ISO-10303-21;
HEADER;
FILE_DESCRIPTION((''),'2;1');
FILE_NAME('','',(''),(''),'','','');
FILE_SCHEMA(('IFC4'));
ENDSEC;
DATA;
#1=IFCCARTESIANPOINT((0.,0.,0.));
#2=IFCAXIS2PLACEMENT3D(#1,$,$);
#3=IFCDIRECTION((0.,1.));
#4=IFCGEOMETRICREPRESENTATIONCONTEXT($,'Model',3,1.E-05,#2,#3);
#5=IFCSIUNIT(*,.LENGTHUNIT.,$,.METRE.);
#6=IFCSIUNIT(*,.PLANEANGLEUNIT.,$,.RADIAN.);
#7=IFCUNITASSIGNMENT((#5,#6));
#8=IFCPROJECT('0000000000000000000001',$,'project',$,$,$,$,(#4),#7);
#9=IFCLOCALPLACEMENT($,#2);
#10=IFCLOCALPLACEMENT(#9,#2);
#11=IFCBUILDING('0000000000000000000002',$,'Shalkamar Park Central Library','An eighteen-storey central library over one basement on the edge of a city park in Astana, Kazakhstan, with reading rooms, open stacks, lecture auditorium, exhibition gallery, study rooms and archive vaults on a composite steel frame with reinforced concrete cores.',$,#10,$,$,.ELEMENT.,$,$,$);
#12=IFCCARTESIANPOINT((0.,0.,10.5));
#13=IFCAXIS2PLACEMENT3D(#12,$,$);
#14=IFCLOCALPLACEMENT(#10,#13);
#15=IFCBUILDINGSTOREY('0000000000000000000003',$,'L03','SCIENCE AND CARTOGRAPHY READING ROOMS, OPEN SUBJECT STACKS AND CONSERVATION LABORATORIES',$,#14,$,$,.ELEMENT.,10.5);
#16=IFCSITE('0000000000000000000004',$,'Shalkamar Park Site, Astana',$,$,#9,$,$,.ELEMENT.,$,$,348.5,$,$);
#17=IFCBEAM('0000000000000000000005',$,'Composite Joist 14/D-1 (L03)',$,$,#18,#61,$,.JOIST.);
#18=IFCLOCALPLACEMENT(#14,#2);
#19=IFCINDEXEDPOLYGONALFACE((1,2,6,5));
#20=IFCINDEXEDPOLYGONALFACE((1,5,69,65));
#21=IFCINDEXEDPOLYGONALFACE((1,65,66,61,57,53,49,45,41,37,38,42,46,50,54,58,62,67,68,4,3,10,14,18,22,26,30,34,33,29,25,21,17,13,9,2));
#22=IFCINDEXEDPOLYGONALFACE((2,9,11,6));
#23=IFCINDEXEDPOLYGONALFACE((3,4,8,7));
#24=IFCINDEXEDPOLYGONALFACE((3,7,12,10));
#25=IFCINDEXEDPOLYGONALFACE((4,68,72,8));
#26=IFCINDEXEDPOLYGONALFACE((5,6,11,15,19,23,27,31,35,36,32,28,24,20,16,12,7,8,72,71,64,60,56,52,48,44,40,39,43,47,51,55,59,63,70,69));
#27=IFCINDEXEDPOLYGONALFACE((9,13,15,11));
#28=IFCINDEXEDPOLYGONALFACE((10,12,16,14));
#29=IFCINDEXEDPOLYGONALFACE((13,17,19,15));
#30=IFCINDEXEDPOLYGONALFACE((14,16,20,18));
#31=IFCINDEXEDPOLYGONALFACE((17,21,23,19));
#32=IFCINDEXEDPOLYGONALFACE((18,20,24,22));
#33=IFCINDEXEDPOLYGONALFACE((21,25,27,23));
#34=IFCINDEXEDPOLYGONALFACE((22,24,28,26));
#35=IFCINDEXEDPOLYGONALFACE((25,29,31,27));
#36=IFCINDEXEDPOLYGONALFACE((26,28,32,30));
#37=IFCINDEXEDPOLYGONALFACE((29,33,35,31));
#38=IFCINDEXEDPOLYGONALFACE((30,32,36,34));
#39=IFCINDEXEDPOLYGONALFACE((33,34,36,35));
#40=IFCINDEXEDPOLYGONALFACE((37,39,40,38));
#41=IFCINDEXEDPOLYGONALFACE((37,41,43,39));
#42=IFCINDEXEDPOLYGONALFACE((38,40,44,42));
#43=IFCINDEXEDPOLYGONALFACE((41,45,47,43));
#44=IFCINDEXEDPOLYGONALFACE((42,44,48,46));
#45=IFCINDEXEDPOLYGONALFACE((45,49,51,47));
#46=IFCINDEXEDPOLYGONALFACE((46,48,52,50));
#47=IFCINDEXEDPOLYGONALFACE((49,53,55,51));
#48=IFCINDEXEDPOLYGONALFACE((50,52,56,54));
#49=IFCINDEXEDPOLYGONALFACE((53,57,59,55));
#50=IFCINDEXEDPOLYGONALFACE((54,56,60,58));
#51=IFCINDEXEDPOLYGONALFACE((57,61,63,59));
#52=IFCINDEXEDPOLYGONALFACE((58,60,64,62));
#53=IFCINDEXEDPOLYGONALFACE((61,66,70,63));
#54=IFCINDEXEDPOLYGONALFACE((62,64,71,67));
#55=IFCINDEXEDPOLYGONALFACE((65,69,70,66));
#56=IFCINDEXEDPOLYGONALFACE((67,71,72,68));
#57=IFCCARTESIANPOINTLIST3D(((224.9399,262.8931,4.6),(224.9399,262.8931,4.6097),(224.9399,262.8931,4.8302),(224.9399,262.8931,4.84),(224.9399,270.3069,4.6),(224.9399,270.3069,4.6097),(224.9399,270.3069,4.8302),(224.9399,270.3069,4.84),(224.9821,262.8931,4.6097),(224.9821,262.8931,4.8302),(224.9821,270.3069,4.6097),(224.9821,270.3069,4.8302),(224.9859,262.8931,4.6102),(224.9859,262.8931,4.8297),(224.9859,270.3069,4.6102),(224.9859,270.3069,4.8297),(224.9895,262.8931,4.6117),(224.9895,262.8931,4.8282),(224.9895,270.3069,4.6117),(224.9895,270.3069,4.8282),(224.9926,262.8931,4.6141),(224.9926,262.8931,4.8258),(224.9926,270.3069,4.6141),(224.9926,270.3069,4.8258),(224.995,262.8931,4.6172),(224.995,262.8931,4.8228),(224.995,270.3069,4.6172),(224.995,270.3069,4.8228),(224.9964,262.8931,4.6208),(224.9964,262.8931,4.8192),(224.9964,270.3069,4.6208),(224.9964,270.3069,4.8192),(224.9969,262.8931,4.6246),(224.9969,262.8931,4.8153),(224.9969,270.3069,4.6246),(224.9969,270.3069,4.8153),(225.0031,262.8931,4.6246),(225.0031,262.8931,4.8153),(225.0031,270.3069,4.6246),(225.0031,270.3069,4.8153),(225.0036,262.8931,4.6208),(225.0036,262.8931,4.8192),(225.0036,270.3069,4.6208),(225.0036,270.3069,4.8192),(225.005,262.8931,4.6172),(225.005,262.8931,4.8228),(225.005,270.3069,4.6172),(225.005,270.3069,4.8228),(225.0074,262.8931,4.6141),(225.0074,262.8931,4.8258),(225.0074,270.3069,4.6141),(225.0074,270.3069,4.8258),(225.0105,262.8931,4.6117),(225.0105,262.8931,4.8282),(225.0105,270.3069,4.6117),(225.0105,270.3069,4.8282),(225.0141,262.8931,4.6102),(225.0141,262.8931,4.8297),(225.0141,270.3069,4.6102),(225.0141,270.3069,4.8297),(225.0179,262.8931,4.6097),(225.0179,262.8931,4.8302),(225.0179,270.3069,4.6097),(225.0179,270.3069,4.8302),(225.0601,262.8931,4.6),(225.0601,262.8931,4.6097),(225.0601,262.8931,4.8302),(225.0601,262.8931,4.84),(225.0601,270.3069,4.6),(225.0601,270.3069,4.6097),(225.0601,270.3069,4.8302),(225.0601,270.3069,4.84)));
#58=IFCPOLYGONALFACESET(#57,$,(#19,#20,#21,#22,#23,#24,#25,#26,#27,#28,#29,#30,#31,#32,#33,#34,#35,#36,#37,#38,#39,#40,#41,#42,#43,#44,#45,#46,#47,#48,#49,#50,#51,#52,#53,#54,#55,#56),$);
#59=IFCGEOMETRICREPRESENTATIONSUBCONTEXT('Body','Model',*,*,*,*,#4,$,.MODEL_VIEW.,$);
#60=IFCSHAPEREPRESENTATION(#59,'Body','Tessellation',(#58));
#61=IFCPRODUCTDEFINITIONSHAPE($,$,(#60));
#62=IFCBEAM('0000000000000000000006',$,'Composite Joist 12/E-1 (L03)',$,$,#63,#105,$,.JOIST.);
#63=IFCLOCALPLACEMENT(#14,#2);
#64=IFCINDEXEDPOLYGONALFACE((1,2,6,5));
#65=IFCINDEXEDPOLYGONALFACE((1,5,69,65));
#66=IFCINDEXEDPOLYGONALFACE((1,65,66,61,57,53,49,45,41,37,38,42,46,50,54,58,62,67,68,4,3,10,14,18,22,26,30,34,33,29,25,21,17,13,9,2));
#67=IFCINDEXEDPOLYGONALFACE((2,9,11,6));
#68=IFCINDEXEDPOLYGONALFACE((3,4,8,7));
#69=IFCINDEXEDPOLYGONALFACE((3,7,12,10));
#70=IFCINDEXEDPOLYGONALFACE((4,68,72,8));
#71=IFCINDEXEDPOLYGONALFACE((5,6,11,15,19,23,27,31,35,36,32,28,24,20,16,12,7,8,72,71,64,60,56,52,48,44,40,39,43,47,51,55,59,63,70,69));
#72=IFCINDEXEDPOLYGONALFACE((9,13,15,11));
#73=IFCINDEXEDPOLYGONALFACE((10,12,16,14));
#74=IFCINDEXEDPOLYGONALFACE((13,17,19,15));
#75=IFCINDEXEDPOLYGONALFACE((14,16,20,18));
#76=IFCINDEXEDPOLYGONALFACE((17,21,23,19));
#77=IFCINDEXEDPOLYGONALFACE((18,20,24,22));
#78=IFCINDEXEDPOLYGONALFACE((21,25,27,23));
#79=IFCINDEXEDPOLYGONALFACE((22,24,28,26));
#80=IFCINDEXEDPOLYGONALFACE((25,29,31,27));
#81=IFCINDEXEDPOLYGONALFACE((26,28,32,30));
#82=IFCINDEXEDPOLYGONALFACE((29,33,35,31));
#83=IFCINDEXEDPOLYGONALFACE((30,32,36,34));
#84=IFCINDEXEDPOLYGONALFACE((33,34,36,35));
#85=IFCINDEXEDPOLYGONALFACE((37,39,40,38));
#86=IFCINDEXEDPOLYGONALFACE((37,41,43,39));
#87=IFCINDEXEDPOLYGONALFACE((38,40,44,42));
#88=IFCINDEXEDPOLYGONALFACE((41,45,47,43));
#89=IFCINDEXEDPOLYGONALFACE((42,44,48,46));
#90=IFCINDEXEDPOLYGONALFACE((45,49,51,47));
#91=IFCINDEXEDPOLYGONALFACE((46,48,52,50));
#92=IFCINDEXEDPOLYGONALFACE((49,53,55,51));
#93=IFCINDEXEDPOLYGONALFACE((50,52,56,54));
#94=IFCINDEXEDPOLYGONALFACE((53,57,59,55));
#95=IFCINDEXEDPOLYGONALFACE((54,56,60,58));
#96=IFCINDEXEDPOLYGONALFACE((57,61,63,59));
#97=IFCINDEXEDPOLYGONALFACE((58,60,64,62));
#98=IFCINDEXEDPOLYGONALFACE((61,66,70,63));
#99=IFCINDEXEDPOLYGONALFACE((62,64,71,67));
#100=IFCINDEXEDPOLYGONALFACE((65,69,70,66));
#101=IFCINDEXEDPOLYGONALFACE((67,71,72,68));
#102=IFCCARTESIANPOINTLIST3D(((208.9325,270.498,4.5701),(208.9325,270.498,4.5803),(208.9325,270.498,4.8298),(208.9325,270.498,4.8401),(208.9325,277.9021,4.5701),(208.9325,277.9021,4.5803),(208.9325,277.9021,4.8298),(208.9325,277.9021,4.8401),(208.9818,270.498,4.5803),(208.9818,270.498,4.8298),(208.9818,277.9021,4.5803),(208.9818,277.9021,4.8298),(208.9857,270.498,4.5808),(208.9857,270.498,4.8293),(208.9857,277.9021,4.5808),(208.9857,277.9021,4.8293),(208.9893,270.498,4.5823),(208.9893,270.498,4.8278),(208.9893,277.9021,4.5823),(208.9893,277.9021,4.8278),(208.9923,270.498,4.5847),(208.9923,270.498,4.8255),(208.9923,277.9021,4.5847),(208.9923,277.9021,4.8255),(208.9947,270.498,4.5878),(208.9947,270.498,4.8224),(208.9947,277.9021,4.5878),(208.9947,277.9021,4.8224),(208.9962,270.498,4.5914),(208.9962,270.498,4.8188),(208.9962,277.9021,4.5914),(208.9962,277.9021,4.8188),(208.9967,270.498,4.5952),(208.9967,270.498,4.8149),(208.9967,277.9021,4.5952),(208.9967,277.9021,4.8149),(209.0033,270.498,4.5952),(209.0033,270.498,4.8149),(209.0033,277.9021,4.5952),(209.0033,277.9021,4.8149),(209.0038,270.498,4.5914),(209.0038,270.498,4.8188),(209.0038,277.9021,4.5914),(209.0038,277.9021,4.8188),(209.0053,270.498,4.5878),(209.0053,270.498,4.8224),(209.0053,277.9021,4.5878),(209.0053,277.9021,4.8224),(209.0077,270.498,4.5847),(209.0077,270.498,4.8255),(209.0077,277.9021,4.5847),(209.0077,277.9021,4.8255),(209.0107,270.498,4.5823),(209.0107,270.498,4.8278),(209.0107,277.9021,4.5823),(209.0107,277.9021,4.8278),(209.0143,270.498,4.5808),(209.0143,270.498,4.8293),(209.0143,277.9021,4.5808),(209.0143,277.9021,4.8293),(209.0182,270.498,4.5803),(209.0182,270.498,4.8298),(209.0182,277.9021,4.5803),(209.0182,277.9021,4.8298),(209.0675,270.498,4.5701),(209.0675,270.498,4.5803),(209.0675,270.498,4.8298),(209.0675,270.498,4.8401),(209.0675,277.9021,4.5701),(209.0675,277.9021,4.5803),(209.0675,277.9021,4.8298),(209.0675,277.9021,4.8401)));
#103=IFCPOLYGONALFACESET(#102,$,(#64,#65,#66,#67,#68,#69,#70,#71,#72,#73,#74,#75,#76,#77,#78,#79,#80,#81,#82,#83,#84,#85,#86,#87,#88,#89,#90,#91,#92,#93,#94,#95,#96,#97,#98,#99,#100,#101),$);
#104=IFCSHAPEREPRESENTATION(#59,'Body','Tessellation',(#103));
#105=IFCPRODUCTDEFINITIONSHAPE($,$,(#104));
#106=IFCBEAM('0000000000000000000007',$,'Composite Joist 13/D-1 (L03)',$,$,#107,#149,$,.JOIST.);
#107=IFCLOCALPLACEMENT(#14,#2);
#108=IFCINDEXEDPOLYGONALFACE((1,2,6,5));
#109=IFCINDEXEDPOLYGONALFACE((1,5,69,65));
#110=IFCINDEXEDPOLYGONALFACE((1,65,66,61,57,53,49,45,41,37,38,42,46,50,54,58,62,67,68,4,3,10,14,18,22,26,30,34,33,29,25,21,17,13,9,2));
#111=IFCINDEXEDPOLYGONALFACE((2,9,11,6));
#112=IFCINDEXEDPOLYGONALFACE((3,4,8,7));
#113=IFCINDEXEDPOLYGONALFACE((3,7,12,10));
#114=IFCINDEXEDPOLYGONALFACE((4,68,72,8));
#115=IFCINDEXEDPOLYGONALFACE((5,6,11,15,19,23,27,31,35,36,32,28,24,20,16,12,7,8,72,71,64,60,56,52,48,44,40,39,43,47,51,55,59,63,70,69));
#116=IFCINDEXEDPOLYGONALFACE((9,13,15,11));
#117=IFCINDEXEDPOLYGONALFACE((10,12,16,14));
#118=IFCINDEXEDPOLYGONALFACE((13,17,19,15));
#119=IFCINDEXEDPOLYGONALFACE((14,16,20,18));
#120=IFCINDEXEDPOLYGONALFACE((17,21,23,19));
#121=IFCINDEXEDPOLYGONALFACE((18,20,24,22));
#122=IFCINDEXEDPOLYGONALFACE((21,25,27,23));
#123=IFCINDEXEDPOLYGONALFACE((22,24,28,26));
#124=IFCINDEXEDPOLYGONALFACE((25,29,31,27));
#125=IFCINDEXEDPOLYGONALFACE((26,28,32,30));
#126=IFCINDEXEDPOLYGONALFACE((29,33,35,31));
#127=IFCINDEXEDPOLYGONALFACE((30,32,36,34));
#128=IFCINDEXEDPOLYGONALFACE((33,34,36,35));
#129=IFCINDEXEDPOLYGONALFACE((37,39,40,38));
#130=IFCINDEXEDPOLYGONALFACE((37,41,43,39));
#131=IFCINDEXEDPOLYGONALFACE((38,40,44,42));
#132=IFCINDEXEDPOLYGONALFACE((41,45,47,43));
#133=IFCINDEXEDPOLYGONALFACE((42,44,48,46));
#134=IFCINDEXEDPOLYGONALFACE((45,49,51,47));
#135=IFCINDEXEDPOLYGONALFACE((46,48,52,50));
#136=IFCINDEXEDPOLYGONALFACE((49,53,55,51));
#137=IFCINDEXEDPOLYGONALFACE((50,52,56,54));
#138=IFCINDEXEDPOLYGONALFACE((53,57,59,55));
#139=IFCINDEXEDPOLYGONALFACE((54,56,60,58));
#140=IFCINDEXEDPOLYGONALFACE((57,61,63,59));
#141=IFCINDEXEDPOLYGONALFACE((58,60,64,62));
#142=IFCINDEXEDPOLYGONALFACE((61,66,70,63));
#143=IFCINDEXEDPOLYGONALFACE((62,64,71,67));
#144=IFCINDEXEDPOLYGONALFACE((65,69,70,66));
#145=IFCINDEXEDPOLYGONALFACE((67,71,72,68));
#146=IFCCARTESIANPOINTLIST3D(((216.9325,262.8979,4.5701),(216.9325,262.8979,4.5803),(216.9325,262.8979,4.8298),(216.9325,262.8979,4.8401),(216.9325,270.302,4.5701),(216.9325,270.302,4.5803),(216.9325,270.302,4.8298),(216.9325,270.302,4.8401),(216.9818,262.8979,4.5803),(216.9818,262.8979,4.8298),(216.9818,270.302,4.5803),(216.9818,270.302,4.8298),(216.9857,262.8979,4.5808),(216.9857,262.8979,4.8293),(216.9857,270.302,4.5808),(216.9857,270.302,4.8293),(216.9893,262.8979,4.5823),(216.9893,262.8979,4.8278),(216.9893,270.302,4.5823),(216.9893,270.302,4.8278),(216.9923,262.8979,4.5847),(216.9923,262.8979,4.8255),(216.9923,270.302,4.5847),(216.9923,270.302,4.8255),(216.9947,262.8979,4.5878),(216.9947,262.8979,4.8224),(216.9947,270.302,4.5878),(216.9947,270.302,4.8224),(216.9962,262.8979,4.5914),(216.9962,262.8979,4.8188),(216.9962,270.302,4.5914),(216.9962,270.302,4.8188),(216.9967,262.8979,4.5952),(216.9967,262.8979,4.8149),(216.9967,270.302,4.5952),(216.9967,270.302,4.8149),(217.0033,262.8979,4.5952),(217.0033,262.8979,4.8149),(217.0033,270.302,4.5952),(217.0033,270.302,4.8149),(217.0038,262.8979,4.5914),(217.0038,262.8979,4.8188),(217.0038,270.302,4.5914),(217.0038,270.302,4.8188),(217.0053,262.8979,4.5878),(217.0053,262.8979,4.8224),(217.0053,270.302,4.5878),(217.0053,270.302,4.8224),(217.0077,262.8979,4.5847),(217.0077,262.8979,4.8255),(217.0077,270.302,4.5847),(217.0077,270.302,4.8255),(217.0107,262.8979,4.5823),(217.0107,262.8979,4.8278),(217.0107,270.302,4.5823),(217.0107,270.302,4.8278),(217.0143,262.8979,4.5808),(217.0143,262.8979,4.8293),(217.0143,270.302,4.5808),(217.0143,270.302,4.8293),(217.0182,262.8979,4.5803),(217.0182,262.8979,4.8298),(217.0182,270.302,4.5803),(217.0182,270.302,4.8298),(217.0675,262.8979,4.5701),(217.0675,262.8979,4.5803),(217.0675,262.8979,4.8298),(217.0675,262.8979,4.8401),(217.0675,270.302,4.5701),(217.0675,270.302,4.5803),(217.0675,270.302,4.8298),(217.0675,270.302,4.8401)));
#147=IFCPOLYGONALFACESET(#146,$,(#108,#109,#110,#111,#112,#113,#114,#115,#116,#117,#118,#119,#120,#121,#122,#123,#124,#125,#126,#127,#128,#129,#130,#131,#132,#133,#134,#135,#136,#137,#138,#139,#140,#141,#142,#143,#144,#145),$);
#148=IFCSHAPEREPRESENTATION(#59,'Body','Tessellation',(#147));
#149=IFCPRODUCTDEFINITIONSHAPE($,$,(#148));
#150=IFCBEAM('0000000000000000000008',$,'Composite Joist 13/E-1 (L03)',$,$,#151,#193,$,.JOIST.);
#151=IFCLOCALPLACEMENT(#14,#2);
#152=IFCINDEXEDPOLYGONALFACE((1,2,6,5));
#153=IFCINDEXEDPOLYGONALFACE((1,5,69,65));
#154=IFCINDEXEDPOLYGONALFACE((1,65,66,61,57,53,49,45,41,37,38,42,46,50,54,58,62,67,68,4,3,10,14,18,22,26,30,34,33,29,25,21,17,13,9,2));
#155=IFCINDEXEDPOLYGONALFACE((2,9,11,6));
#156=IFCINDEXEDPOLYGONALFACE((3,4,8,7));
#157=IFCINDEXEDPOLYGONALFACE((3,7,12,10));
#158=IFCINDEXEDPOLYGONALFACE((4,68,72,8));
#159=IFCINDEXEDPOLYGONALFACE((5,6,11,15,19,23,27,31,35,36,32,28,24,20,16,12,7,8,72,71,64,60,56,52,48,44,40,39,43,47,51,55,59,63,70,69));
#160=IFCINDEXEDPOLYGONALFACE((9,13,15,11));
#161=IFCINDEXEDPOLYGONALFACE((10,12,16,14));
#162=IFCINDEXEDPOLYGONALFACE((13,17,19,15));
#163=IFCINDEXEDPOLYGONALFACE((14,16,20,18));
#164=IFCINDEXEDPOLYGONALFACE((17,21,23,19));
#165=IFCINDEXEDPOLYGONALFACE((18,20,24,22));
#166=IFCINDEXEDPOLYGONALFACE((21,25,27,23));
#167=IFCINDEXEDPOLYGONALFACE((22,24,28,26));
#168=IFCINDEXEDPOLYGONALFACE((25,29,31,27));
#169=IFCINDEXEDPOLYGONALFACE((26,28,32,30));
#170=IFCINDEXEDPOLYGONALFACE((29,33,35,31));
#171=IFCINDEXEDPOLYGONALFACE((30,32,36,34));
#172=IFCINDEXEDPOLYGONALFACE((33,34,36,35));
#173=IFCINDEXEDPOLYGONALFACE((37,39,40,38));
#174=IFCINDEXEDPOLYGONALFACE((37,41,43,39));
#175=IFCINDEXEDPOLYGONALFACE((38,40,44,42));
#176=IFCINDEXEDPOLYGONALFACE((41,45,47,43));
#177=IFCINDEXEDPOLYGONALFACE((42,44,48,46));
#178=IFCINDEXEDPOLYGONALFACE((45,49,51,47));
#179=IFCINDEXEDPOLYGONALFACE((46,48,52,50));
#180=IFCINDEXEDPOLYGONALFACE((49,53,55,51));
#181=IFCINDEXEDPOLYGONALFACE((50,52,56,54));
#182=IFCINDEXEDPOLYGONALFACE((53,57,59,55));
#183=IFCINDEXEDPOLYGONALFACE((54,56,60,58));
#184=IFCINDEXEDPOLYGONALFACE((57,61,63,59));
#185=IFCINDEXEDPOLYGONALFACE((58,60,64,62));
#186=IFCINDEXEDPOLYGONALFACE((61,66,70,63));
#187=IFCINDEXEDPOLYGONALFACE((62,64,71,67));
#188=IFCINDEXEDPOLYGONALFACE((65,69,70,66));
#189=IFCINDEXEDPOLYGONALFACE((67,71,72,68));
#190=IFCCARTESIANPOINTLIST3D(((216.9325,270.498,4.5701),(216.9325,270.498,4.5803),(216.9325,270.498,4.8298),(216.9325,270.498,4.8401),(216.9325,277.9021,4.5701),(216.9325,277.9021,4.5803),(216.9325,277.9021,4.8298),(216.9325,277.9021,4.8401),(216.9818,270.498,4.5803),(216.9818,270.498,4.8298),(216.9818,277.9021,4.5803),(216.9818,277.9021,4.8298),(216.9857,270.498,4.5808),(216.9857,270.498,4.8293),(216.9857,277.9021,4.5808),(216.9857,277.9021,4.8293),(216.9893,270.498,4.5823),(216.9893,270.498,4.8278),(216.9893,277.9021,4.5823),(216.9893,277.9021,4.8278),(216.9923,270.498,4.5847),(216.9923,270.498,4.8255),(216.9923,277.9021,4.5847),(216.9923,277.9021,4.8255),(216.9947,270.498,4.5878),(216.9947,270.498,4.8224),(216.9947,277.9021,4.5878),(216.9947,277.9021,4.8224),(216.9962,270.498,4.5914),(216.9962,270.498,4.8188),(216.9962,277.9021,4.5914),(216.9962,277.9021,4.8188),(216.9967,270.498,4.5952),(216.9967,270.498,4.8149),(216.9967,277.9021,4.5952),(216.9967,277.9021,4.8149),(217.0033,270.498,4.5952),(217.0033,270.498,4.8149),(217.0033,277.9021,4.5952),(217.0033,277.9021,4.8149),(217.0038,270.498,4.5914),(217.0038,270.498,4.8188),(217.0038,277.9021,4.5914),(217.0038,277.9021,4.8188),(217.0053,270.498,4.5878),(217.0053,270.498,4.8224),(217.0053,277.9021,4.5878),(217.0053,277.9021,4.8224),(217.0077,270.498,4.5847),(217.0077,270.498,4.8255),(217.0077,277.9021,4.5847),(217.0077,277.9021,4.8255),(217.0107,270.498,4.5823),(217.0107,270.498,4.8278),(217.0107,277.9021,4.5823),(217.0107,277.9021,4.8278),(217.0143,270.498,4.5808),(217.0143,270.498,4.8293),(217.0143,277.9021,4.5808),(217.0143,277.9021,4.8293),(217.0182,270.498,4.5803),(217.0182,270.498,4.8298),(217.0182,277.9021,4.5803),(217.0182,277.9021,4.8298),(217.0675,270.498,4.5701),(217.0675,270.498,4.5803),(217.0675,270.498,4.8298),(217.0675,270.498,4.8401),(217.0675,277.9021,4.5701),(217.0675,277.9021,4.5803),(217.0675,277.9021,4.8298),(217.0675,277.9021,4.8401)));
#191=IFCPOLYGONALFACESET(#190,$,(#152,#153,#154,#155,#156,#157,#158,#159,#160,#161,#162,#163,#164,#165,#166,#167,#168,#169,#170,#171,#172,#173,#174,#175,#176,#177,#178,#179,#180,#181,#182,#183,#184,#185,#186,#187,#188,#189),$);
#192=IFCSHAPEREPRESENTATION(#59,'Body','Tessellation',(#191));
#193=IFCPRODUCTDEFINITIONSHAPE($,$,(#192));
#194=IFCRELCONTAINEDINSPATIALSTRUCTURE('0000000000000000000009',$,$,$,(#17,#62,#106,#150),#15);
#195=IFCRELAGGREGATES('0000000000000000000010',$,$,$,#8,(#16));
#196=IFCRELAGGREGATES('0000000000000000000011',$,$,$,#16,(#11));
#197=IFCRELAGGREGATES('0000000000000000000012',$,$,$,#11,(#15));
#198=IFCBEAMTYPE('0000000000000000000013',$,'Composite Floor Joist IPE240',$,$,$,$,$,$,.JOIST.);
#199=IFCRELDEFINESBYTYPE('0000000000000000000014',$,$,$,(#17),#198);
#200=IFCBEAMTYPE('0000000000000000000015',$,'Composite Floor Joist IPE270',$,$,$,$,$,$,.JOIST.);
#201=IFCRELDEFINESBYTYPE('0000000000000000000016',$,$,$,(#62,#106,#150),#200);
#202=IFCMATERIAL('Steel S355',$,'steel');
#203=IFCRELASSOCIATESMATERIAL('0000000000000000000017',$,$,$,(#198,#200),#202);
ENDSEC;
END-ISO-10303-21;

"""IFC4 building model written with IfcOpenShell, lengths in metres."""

from ifc_helpers import new_model, si_unit, direction, frame, origin, origin_2d, place, context, subcontext, project, spatial, i_section, extrude, material, material_profile, profile_set, type_object, element, save


model = new_model("IFC4")

# Units and contexts
model_context = context("Model", 3, precision=1e-05, world=origin(), true_north=direction((0.0, 1.0)))
body_context = subcontext(model_context, "Body", "Model", "MODEL_VIEW")
ifc_project = project(units=[si_unit("LENGTHUNIT", "METRE"), si_unit("PLANEANGLEUNIT", "RADIAN")], contexts=[model_context])

# Site, building, storey
site_placement = place(None, origin())
site = spatial("IfcSite", under=ifc_project, at=site_placement, Name="Shalkamar Park Site, Astana", CompositionType="ELEMENT", RefElevation=348.5)
building_placement = place(site_placement, origin())
building = spatial("IfcBuilding", under=site, at=building_placement, Name="Shalkamar Park Central Library", Description="An eighteen-storey central library over one basement on the edge of a city park in Astana, Kazakhstan, with reading rooms, open stacks, lecture auditorium, exhibition gallery, study rooms and archive vaults on a composite steel frame with reinforced concrete cores.", CompositionType="ELEMENT")
storey_placement = place(building_placement, frame((0.0, 0.0, 10.5)))
storey = spatial("IfcBuildingStorey", under=building, at=storey_placement, Name="L03", Description="SCIENCE AND CARTOGRAPHY READING ROOMS, OPEN SUBJECT STACKS AND CONSERVATION LABORATORIES", CompositionType="ELEMENT", Elevation=10.5)

# Shared definitions
ifc_material_1 = material(Name="Steel S355", Category="steel")

# Beams
ifc_material_profile_1 = material_profile(ifc_material_1, i_section(OverallWidth=0.1201, OverallDepth=0.24, WebThickness=0.0061, FlangeThickness=0.0098, FilletRadius=0.0149, at=origin_2d()), Name="IPE 240")
ifc_profile_set_1 = profile_set([ifc_material_profile_1], Name="Steel S355")
beam_type_1 = type_object("IfcBeamType", Name="Composite Floor Joist IPE240", PredefinedType="JOIST", material=ifc_profile_set_1)
beam_1_placement = place(storey_placement, frame((225.0, 262.8931, 4.72), z_axis=(0.0, 1.0, 0.0), x_axis=(-1.0, 0.0, 0.0)))
element("IfcBeam", 1, at=beam_1_placement, inside=storey, type_object=beam_type_1, Name="Composite Joist 14/D-1 (L03)", PredefinedType="JOIST", context=body_context, shape_type="SweptSolid", body=[
    extrude(i_section(OverallWidth=0.1201, OverallDepth=0.24, WebThickness=0.0061, FlangeThickness=0.0098, FilletRadius=0.0149, at=origin_2d()), origin(), (0.0, 0.0, 1.0), 7.4138),
])
ifc_material_profile_2 = material_profile(ifc_material_1, i_section(OverallWidth=0.135, OverallDepth=0.27, WebThickness=0.0066, FlangeThickness=0.0103, FilletRadius=0.0149, at=origin_2d()), Name="IPE 270")
ifc_profile_set_2 = profile_set([ifc_material_profile_2], Name="Steel S355")
beam_type_2 = type_object("IfcBeamType", Name="Composite Floor Joist IPE270", PredefinedType="JOIST", material=ifc_profile_set_2)
for number, where, z_axis, x_axis, name in (
    (2, (209.0, 270.498, 4.7051), (0.0, 1.0, 0.0), (-1.0, 0.0, 0.0), "Composite Joist 12/E-1 (L03)"),
    (3, (217.0, 262.8979, 4.7051), (0.0, 1.0, 0.0), (-1.0, 0.0, 0.0), "Composite Joist 13/D-1 (L03)"),
    (4, (217.0, 270.498, 4.7051), (0.0, 1.0, 0.0), (-1.0, 0.0, 0.0), "Composite Joist 13/E-1 (L03)"),
):
    element("IfcBeam", number, at=place(storey_placement, frame(where, z_axis=z_axis, x_axis=x_axis)), inside=storey, type_object=beam_type_2, Name=name, PredefinedType="JOIST", context=body_context, shape_type="SweptSolid", body=[
        extrude(i_section(OverallWidth=0.135, OverallDepth=0.27, WebThickness=0.0066, FlangeThickness=0.0103, FilletRadius=0.0149, at=origin_2d()), origin(), (0.0, 0.0, 1.0), 7.4041),
    ])

save(model, "model.ifc")
